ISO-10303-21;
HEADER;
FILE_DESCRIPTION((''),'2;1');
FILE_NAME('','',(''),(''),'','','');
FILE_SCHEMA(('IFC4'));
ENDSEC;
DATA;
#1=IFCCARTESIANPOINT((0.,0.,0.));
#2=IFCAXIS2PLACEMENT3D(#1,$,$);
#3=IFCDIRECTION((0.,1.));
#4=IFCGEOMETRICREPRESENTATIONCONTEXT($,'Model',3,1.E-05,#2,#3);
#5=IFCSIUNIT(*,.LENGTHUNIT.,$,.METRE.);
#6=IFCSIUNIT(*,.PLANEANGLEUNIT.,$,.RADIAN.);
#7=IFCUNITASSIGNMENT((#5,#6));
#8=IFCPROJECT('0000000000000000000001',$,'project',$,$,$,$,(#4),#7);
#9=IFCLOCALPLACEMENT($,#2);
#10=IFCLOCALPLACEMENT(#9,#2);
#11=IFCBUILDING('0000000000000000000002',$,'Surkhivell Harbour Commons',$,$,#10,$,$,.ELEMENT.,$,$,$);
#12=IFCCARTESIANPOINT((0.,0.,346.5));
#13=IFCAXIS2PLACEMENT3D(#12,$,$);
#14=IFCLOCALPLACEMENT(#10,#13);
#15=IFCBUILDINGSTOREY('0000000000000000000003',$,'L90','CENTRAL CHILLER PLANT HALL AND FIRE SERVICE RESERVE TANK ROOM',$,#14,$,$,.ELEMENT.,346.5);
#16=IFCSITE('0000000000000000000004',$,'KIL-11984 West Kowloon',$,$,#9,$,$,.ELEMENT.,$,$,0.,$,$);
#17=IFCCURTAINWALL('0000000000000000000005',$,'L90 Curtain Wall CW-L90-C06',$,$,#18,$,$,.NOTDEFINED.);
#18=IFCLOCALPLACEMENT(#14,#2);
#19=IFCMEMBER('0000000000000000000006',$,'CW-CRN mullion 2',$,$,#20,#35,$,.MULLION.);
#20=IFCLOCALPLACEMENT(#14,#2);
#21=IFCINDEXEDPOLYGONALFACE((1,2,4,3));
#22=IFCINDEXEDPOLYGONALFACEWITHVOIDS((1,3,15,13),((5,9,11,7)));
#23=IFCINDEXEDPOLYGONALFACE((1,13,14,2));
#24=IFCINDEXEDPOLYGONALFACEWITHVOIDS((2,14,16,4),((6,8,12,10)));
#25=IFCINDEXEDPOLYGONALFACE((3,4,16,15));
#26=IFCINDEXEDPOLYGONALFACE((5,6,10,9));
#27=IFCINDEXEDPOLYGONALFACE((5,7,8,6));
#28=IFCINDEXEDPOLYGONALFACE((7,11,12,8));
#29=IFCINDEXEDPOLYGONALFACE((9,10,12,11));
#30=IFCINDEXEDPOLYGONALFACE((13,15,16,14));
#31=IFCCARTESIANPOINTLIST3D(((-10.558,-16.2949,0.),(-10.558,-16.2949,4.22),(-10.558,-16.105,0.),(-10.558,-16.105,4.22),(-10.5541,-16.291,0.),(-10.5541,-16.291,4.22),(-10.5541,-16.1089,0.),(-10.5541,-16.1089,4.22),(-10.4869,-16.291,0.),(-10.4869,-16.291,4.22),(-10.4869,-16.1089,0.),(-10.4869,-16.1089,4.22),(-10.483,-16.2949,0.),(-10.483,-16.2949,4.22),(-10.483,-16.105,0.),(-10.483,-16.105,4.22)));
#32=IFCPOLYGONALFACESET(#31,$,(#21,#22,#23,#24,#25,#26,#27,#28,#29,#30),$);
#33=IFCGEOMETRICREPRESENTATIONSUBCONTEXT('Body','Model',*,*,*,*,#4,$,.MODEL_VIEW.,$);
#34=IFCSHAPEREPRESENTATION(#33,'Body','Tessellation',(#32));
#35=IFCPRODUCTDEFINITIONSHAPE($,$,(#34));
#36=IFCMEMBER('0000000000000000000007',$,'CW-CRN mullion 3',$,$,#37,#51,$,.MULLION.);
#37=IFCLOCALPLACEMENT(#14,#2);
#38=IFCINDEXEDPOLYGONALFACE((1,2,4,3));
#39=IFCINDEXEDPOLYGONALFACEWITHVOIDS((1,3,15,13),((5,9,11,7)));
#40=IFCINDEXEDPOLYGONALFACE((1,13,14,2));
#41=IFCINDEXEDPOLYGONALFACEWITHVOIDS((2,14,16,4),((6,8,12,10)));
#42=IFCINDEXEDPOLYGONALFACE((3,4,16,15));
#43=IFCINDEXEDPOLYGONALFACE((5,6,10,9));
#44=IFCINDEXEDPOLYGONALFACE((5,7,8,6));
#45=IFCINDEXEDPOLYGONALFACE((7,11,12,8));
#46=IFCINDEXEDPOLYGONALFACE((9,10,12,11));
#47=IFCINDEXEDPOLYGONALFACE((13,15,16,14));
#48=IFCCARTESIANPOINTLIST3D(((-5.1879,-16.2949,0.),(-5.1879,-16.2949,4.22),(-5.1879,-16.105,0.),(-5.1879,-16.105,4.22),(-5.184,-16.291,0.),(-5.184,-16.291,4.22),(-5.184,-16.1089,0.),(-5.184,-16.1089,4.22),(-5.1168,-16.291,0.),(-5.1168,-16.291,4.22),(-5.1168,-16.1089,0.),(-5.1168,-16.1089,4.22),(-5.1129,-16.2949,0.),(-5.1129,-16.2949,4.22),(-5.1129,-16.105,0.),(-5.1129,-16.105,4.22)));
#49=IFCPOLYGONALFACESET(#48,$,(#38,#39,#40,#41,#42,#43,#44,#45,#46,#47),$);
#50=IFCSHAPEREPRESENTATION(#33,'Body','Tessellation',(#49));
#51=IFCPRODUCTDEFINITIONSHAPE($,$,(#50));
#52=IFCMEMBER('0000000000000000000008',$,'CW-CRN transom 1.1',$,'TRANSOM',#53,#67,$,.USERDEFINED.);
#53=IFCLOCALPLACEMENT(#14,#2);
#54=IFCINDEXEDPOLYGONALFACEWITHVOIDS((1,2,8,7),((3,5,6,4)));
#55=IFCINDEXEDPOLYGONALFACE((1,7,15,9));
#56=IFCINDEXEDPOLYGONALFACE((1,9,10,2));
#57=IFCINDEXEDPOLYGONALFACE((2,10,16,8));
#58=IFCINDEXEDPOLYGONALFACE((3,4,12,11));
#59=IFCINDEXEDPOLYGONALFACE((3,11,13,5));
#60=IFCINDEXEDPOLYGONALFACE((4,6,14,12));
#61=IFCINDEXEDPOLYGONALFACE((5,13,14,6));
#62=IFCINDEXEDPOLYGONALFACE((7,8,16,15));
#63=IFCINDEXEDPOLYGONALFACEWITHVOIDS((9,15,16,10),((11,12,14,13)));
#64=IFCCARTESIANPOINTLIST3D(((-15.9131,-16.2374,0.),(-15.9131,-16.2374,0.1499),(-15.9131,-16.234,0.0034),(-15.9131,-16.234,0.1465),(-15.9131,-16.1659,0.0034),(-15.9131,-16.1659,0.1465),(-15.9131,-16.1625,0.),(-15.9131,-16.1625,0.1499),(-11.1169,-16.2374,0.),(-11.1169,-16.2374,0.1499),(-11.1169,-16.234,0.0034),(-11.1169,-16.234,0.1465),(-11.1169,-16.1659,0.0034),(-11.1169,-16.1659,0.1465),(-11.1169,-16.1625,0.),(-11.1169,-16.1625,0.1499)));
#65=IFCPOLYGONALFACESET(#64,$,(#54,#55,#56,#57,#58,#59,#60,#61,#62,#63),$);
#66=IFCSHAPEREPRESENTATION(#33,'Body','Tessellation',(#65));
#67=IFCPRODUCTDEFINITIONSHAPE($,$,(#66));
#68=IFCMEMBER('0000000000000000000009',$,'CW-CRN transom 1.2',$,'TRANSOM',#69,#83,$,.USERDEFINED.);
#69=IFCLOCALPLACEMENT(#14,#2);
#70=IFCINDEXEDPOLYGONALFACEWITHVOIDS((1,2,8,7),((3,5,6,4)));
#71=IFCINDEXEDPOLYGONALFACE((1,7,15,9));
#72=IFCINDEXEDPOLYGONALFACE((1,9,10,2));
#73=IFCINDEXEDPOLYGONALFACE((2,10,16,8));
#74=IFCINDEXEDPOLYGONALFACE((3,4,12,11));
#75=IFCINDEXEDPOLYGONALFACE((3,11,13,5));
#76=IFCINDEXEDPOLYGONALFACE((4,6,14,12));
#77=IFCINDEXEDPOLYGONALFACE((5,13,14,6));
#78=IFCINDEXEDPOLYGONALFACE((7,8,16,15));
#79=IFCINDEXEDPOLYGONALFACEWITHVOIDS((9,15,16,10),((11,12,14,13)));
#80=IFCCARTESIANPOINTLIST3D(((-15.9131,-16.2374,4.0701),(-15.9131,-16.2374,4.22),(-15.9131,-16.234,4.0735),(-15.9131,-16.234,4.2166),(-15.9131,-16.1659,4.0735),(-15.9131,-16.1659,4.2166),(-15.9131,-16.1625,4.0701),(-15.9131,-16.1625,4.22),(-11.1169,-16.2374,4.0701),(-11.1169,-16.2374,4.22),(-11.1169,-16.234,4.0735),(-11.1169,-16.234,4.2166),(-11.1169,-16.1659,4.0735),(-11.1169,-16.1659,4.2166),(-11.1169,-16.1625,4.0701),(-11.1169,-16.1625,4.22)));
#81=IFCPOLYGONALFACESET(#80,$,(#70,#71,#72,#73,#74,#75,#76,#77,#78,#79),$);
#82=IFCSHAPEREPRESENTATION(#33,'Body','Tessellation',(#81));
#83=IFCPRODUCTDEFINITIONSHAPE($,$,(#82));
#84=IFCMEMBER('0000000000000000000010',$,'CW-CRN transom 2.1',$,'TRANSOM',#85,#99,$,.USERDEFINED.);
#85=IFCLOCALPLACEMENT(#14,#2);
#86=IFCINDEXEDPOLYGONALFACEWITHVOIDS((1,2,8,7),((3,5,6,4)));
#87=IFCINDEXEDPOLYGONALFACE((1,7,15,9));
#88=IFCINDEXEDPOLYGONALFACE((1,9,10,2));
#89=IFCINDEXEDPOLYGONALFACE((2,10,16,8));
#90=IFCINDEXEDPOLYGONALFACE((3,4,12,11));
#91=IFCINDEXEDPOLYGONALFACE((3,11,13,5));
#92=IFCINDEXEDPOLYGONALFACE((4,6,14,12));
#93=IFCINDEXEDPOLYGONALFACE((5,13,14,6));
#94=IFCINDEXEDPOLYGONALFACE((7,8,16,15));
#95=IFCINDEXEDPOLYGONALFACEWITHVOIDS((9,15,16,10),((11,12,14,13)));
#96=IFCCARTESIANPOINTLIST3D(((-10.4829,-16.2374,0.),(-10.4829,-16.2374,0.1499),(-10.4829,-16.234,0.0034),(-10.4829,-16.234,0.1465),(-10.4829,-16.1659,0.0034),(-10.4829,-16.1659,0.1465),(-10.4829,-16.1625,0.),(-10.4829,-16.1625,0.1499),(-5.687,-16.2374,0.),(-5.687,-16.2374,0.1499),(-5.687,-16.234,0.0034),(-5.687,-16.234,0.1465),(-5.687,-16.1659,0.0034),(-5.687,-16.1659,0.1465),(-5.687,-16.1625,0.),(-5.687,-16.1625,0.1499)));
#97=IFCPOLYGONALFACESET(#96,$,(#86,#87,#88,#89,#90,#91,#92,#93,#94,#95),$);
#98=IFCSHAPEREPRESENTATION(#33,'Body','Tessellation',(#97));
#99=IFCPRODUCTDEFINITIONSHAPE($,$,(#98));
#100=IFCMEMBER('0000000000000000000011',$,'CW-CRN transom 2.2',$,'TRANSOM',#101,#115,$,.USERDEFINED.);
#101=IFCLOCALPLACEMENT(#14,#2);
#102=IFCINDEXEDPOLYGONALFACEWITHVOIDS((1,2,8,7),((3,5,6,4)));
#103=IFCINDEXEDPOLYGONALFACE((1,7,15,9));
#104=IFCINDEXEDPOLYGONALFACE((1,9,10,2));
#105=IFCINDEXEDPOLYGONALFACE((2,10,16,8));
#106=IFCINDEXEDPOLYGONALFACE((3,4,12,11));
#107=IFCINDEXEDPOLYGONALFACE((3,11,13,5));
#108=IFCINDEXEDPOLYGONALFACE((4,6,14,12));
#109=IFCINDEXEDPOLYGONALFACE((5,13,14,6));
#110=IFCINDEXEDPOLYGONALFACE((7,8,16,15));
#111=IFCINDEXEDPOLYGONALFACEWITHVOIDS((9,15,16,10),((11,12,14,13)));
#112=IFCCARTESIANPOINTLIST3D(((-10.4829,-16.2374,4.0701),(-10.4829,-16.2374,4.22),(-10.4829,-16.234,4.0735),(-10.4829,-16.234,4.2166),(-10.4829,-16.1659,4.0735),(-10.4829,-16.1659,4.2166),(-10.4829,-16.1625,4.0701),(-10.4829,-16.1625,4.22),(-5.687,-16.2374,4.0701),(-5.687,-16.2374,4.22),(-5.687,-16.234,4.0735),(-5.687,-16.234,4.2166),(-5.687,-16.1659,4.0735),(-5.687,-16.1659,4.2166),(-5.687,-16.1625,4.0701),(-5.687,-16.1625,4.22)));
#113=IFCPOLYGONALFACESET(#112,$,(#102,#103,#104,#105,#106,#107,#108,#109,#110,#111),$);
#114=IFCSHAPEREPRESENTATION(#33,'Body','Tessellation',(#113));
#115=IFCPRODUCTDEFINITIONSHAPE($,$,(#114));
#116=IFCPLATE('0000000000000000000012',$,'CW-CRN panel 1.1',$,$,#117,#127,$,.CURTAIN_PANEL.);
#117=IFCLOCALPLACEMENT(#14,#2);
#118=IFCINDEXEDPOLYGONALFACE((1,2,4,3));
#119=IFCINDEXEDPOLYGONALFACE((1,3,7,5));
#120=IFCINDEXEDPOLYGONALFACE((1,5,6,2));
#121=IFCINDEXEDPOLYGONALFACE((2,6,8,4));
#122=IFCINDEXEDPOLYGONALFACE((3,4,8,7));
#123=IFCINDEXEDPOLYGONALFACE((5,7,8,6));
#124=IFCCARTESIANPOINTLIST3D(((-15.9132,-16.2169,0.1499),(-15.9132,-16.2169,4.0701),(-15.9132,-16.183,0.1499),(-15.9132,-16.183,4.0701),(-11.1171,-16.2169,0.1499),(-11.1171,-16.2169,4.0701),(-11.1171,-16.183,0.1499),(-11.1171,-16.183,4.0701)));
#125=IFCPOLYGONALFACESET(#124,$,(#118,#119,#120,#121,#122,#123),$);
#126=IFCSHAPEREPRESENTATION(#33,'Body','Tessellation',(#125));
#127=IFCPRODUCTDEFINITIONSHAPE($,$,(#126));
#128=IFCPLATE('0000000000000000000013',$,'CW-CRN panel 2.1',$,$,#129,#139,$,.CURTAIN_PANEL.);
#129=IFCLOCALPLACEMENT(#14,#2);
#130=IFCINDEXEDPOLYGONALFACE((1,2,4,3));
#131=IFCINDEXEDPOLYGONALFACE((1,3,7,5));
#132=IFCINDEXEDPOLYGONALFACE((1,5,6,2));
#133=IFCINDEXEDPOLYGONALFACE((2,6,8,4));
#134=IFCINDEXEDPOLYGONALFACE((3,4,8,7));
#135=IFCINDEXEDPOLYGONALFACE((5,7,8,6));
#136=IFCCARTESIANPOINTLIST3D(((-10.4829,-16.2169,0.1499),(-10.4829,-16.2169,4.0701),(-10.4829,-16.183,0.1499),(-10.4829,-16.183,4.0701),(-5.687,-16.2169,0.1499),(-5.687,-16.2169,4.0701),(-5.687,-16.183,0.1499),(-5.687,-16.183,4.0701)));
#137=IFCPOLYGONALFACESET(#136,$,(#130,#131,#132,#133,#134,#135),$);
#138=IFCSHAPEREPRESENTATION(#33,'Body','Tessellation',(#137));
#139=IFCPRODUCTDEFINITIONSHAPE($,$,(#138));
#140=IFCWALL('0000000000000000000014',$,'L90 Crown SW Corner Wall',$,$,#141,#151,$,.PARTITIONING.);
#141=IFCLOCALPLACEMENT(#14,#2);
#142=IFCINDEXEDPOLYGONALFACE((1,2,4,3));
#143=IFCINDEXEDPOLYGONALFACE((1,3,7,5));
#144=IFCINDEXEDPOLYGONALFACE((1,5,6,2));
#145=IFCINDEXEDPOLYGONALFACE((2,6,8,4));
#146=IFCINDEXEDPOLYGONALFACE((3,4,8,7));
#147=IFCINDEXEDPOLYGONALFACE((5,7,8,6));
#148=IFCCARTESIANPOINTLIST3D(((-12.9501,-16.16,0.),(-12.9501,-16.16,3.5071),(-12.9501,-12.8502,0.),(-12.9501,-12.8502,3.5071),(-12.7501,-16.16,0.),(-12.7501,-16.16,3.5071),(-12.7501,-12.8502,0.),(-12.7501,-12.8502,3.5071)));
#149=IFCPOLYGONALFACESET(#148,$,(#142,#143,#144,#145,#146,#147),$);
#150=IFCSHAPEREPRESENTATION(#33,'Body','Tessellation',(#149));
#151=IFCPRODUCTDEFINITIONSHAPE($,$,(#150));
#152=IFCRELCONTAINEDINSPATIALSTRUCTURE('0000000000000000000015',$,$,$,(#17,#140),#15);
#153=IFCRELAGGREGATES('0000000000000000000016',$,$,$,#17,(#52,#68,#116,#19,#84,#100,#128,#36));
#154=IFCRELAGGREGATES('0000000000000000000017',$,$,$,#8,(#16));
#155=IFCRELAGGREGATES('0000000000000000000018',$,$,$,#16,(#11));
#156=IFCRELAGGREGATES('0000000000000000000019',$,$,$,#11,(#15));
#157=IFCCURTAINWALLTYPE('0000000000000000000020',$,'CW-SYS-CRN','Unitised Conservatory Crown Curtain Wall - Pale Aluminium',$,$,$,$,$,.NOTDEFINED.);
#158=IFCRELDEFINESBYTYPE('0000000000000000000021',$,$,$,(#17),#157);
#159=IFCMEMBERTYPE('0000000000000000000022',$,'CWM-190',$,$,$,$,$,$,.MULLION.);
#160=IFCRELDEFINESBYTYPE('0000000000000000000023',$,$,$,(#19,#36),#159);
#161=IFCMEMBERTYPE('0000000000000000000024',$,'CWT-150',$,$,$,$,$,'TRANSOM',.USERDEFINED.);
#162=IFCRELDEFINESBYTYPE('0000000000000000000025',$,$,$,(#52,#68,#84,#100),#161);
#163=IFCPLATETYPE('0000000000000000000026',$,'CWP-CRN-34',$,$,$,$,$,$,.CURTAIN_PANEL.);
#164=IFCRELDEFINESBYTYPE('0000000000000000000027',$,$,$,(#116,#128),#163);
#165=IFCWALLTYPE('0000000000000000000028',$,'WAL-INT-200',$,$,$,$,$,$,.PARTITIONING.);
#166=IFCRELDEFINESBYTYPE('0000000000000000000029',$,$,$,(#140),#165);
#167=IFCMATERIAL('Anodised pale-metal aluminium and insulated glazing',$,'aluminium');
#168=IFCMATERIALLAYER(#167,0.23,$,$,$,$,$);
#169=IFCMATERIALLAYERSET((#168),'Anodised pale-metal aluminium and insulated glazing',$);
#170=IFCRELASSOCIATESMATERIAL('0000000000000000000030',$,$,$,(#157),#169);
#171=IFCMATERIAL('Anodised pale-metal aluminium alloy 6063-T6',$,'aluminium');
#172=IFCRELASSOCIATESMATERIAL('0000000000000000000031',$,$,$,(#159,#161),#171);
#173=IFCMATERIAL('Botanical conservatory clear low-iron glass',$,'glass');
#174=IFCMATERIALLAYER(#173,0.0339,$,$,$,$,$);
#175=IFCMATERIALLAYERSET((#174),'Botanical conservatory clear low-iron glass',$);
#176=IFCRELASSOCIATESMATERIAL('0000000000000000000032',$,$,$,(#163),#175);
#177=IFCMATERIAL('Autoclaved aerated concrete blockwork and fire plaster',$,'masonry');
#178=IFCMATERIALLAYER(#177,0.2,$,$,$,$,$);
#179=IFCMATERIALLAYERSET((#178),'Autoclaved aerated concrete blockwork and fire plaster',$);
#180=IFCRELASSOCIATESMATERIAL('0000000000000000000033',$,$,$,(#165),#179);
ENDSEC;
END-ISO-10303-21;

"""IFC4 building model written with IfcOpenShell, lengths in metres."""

from ifc_helpers import new_model, si_unit, direction, frame, frame_2d, origin, origin_2d, place, context, subcontext, project, spatial, rectangle, hollow_rectangle, extrude, material, layer, layer_set, material_profile, profile_set, type_object, element, aggregate, save


model = new_model("IFC4")

# Units and contexts
model_context = context("Model", 3, precision=1e-05, world=origin(), true_north=direction((0.0, 1.0)))
body_context = subcontext(model_context, "Body", "Model", "MODEL_VIEW")
ifc_project = project(units=[si_unit("LENGTHUNIT", "METRE"), si_unit("PLANEANGLEUNIT", "RADIAN")], contexts=[model_context])

# Site, building, storey
site_placement = place(None, origin())
site = spatial("IfcSite", under=ifc_project, at=site_placement, Name="KIL-11984 West Kowloon", CompositionType="ELEMENT", RefElevation=0.0)
building_placement = place(site_placement, origin())
building = spatial("IfcBuilding", under=site, at=building_placement, Name="Surkhivell Harbour Commons", CompositionType="ELEMENT")
storey_placement = place(building_placement, frame((0.0, 0.0, 346.5)))
storey = spatial("IfcBuildingStorey", under=building, at=storey_placement, Name="L90", Description="CENTRAL CHILLER PLANT HALL AND FIRE SERVICE RESERVE TANK ROOM", CompositionType="ELEMENT", Elevation=346.5)

# Curtain wall, members, plates
ifc_material_1 = material(Name="Anodised pale-metal aluminium and insulated glazing", Category="aluminium")
ifc_layer_1 = layer(ifc_material_1, 0.23)
ifc_layer_set_1 = layer_set([ifc_layer_1], Name="Anodised pale-metal aluminium and insulated glazing")
curtain_wall_type = type_object("IfcCurtainWallType", Name="CW-SYS-CRN", Description="Unitised Conservatory Crown Curtain Wall - Pale Aluminium", PredefinedType="NOTDEFINED", material=ifc_layer_set_1)
curtain_wall_placement = place(storey_placement, origin())
curtain_wall = element("IfcCurtainWall", 1, at=curtain_wall_placement, inside=storey, type_object=curtain_wall_type, Name="L90 Curtain Wall CW-L90-C06", PredefinedType="NOTDEFINED")
ifc_material_2 = material(Name="Anodised pale-metal aluminium alloy 6063-T6", Category="aluminium")
ifc_material_profile_1 = material_profile(ifc_material_2, hollow_rectangle(XDim=0.075, YDim=0.1899, WallThickness=0.0039, at=origin_2d()), Name="ALU-MULL-75x190")
ifc_profile_set_1 = profile_set([ifc_material_profile_1], Name="Anodised pale-metal aluminium alloy 6063-T6")
member_type_1 = type_object("IfcMemberType", Name="CWM-190", PredefinedType="MULLION", material=ifc_profile_set_1)
member_1_placement = place(storey_placement, frame((-10.5205, -16.2, 0.0), z_axis=(0.0, 0.0, 1.0), x_axis=(1.0, 0.0, 0.0)))
member_1 = element("IfcMember", 2, at=member_1_placement, type_object=member_type_1, Name="CW-CRN mullion 2", PredefinedType="MULLION", context=body_context, shape_type="SweptSolid", body=[
    extrude(hollow_rectangle(XDim=0.075, YDim=0.1899, WallThickness=0.0039, at=origin_2d()), origin(), (0.0, 0.0, 1.0), 4.22),
])
member_2_placement = place(storey_placement, frame((-5.1504, -16.2, 0.0), z_axis=(0.0, 0.0, 1.0), x_axis=(1.0, 0.0, 0.0)))
member_2 = element("IfcMember", 3, at=member_2_placement, type_object=member_type_1, Name="CW-CRN mullion 3", PredefinedType="MULLION", context=body_context, shape_type="SweptSolid", body=[
    extrude(hollow_rectangle(XDim=0.075, YDim=0.1899, WallThickness=0.0039, at=origin_2d()), origin(), (0.0, 0.0, 1.0), 4.22),
])
ifc_material_profile_2 = material_profile(ifc_material_2, hollow_rectangle(XDim=0.075, YDim=0.1499, WallThickness=0.0034, at=origin_2d()), Name="ALU-TRAN-75x150")
ifc_profile_set_2 = profile_set([ifc_material_profile_2], Name="Anodised pale-metal aluminium alloy 6063-T6")
member_type_2 = type_object("IfcMemberType", Name="CWT-150", ElementType="TRANSOM", PredefinedType="USERDEFINED", material=ifc_profile_set_2)
member_3_placement = place(storey_placement, frame((-15.9131, -16.2, 0.075), z_axis=(1.0, 0.0, 0.0), x_axis=(0.0, 1.0, 0.0)))
member_3 = element("IfcMember", 4, at=member_3_placement, type_object=member_type_2, Name="CW-CRN transom 1.1", ObjectType="TRANSOM", PredefinedType="USERDEFINED", context=body_context, shape_type="SweptSolid", body=[
    extrude(hollow_rectangle(XDim=0.075, YDim=0.1499, WallThickness=0.0034, at=origin_2d()), origin(), (0.0, 0.0, 1.0), 4.7961),
])
member_4_placement = place(storey_placement, frame((-15.9131, -16.2, 4.145), z_axis=(1.0, 0.0, 0.0), x_axis=(0.0, 1.0, 0.0)))
member_4 = element("IfcMember", 5, at=member_4_placement, type_object=member_type_2, Name="CW-CRN transom 1.2", ObjectType="TRANSOM", PredefinedType="USERDEFINED", context=body_context, shape_type="SweptSolid", body=[
    extrude(hollow_rectangle(XDim=0.075, YDim=0.1499, WallThickness=0.0034, at=origin_2d()), origin(), (0.0, 0.0, 1.0), 4.7961),
])
member_5_placement = place(storey_placement, frame((-10.4829, -16.2, 0.075), z_axis=(1.0, 0.0, 0.0), x_axis=(0.0, 1.0, 0.0)))
member_5 = element("IfcMember", 6, at=member_5_placement, type_object=member_type_2, Name="CW-CRN transom 2.1", ObjectType="TRANSOM", PredefinedType="USERDEFINED", context=body_context, shape_type="SweptSolid", body=[
    extrude(hollow_rectangle(XDim=0.075, YDim=0.1499, WallThickness=0.0034, at=origin_2d()), origin(), (0.0, 0.0, 1.0), 4.7959),
])
member_6_placement = place(storey_placement, frame((-10.4829, -16.2, 4.145), z_axis=(1.0, 0.0, 0.0), x_axis=(0.0, 1.0, 0.0)))
member_6 = element("IfcMember", 7, at=member_6_placement, type_object=member_type_2, Name="CW-CRN transom 2.2", ObjectType="TRANSOM", PredefinedType="USERDEFINED", context=body_context, shape_type="SweptSolid", body=[
    extrude(hollow_rectangle(XDim=0.075, YDim=0.1499, WallThickness=0.0034, at=origin_2d()), origin(), (0.0, 0.0, 1.0), 4.7959),
])
ifc_material_3 = material(Name="Botanical conservatory clear low-iron glass", Category="glass")
ifc_layer_2 = layer(ifc_material_3, 0.0339)
ifc_layer_set_2 = layer_set([ifc_layer_2], Name="Botanical conservatory clear low-iron glass")
plate_type = type_object("IfcPlateType", Name="CWP-CRN-34", PredefinedType="CURTAIN_PANEL", material=ifc_layer_set_2)
plate_1_placement = place(storey_placement, frame((-15.9131, -16.2, 0.1499), z_axis=(0.0, 0.0, 1.0), x_axis=(1.0, 0.0, 0.0)))
plate_1 = element("IfcPlate", 8, at=plate_1_placement, type_object=plate_type, Name="CW-CRN panel 1.1", PredefinedType="CURTAIN_PANEL", context=body_context, shape_type="SweptSolid", body=[
    extrude(rectangle(XDim=4.7961, YDim=0.0339, at=frame_2d((2.3979, 0.0))), origin(), (0.0, 0.0, 1.0), 3.9202),
])
plate_2_placement = place(storey_placement, frame((-10.4829, -16.2, 0.1499), z_axis=(0.0, 0.0, 1.0), x_axis=(1.0, 0.0, 0.0)))
plate_2 = element("IfcPlate", 9, at=plate_2_placement, type_object=plate_type, Name="CW-CRN panel 2.1", PredefinedType="CURTAIN_PANEL", context=body_context, shape_type="SweptSolid", body=[
    extrude(rectangle(XDim=4.7959, YDim=0.0339, at=frame_2d((2.3979, 0.0))), origin(), (0.0, 0.0, 1.0), 3.9202),
])
aggregate(curtain_wall, [member_3, member_4, plate_1, member_1, member_5, member_6, plate_2, member_2])

# Wall
ifc_material_4 = material(Name="Autoclaved aerated concrete blockwork and fire plaster", Category="masonry")
ifc_layer_3 = layer(ifc_material_4, 0.2)
ifc_layer_set_3 = layer_set([ifc_layer_3], Name="Autoclaved aerated concrete blockwork and fire plaster")
wall_type = type_object("IfcWallType", Name="WAL-INT-200", PredefinedType="PARTITIONING", material=ifc_layer_set_3)
wall_1_placement = place(storey_placement, frame((-12.8501, -16.1599, 0.0), z_axis=(0.0, 0.0, 1.0), x_axis=(0.0, 1.0, 0.0)))
element("IfcWall", 10, at=wall_1_placement, inside=storey, type_object=wall_type, Name="L90 Crown SW Corner Wall", PredefinedType="PARTITIONING", context=body_context, shape_type="SweptSolid", body=[
    extrude(rectangle(XDim=3.3098, YDim=0.2, at=frame_2d((1.6548, 0.0))), origin(), (0.0, 0.0, 1.0), 3.5071),
])

save(model, "model.ifc")
